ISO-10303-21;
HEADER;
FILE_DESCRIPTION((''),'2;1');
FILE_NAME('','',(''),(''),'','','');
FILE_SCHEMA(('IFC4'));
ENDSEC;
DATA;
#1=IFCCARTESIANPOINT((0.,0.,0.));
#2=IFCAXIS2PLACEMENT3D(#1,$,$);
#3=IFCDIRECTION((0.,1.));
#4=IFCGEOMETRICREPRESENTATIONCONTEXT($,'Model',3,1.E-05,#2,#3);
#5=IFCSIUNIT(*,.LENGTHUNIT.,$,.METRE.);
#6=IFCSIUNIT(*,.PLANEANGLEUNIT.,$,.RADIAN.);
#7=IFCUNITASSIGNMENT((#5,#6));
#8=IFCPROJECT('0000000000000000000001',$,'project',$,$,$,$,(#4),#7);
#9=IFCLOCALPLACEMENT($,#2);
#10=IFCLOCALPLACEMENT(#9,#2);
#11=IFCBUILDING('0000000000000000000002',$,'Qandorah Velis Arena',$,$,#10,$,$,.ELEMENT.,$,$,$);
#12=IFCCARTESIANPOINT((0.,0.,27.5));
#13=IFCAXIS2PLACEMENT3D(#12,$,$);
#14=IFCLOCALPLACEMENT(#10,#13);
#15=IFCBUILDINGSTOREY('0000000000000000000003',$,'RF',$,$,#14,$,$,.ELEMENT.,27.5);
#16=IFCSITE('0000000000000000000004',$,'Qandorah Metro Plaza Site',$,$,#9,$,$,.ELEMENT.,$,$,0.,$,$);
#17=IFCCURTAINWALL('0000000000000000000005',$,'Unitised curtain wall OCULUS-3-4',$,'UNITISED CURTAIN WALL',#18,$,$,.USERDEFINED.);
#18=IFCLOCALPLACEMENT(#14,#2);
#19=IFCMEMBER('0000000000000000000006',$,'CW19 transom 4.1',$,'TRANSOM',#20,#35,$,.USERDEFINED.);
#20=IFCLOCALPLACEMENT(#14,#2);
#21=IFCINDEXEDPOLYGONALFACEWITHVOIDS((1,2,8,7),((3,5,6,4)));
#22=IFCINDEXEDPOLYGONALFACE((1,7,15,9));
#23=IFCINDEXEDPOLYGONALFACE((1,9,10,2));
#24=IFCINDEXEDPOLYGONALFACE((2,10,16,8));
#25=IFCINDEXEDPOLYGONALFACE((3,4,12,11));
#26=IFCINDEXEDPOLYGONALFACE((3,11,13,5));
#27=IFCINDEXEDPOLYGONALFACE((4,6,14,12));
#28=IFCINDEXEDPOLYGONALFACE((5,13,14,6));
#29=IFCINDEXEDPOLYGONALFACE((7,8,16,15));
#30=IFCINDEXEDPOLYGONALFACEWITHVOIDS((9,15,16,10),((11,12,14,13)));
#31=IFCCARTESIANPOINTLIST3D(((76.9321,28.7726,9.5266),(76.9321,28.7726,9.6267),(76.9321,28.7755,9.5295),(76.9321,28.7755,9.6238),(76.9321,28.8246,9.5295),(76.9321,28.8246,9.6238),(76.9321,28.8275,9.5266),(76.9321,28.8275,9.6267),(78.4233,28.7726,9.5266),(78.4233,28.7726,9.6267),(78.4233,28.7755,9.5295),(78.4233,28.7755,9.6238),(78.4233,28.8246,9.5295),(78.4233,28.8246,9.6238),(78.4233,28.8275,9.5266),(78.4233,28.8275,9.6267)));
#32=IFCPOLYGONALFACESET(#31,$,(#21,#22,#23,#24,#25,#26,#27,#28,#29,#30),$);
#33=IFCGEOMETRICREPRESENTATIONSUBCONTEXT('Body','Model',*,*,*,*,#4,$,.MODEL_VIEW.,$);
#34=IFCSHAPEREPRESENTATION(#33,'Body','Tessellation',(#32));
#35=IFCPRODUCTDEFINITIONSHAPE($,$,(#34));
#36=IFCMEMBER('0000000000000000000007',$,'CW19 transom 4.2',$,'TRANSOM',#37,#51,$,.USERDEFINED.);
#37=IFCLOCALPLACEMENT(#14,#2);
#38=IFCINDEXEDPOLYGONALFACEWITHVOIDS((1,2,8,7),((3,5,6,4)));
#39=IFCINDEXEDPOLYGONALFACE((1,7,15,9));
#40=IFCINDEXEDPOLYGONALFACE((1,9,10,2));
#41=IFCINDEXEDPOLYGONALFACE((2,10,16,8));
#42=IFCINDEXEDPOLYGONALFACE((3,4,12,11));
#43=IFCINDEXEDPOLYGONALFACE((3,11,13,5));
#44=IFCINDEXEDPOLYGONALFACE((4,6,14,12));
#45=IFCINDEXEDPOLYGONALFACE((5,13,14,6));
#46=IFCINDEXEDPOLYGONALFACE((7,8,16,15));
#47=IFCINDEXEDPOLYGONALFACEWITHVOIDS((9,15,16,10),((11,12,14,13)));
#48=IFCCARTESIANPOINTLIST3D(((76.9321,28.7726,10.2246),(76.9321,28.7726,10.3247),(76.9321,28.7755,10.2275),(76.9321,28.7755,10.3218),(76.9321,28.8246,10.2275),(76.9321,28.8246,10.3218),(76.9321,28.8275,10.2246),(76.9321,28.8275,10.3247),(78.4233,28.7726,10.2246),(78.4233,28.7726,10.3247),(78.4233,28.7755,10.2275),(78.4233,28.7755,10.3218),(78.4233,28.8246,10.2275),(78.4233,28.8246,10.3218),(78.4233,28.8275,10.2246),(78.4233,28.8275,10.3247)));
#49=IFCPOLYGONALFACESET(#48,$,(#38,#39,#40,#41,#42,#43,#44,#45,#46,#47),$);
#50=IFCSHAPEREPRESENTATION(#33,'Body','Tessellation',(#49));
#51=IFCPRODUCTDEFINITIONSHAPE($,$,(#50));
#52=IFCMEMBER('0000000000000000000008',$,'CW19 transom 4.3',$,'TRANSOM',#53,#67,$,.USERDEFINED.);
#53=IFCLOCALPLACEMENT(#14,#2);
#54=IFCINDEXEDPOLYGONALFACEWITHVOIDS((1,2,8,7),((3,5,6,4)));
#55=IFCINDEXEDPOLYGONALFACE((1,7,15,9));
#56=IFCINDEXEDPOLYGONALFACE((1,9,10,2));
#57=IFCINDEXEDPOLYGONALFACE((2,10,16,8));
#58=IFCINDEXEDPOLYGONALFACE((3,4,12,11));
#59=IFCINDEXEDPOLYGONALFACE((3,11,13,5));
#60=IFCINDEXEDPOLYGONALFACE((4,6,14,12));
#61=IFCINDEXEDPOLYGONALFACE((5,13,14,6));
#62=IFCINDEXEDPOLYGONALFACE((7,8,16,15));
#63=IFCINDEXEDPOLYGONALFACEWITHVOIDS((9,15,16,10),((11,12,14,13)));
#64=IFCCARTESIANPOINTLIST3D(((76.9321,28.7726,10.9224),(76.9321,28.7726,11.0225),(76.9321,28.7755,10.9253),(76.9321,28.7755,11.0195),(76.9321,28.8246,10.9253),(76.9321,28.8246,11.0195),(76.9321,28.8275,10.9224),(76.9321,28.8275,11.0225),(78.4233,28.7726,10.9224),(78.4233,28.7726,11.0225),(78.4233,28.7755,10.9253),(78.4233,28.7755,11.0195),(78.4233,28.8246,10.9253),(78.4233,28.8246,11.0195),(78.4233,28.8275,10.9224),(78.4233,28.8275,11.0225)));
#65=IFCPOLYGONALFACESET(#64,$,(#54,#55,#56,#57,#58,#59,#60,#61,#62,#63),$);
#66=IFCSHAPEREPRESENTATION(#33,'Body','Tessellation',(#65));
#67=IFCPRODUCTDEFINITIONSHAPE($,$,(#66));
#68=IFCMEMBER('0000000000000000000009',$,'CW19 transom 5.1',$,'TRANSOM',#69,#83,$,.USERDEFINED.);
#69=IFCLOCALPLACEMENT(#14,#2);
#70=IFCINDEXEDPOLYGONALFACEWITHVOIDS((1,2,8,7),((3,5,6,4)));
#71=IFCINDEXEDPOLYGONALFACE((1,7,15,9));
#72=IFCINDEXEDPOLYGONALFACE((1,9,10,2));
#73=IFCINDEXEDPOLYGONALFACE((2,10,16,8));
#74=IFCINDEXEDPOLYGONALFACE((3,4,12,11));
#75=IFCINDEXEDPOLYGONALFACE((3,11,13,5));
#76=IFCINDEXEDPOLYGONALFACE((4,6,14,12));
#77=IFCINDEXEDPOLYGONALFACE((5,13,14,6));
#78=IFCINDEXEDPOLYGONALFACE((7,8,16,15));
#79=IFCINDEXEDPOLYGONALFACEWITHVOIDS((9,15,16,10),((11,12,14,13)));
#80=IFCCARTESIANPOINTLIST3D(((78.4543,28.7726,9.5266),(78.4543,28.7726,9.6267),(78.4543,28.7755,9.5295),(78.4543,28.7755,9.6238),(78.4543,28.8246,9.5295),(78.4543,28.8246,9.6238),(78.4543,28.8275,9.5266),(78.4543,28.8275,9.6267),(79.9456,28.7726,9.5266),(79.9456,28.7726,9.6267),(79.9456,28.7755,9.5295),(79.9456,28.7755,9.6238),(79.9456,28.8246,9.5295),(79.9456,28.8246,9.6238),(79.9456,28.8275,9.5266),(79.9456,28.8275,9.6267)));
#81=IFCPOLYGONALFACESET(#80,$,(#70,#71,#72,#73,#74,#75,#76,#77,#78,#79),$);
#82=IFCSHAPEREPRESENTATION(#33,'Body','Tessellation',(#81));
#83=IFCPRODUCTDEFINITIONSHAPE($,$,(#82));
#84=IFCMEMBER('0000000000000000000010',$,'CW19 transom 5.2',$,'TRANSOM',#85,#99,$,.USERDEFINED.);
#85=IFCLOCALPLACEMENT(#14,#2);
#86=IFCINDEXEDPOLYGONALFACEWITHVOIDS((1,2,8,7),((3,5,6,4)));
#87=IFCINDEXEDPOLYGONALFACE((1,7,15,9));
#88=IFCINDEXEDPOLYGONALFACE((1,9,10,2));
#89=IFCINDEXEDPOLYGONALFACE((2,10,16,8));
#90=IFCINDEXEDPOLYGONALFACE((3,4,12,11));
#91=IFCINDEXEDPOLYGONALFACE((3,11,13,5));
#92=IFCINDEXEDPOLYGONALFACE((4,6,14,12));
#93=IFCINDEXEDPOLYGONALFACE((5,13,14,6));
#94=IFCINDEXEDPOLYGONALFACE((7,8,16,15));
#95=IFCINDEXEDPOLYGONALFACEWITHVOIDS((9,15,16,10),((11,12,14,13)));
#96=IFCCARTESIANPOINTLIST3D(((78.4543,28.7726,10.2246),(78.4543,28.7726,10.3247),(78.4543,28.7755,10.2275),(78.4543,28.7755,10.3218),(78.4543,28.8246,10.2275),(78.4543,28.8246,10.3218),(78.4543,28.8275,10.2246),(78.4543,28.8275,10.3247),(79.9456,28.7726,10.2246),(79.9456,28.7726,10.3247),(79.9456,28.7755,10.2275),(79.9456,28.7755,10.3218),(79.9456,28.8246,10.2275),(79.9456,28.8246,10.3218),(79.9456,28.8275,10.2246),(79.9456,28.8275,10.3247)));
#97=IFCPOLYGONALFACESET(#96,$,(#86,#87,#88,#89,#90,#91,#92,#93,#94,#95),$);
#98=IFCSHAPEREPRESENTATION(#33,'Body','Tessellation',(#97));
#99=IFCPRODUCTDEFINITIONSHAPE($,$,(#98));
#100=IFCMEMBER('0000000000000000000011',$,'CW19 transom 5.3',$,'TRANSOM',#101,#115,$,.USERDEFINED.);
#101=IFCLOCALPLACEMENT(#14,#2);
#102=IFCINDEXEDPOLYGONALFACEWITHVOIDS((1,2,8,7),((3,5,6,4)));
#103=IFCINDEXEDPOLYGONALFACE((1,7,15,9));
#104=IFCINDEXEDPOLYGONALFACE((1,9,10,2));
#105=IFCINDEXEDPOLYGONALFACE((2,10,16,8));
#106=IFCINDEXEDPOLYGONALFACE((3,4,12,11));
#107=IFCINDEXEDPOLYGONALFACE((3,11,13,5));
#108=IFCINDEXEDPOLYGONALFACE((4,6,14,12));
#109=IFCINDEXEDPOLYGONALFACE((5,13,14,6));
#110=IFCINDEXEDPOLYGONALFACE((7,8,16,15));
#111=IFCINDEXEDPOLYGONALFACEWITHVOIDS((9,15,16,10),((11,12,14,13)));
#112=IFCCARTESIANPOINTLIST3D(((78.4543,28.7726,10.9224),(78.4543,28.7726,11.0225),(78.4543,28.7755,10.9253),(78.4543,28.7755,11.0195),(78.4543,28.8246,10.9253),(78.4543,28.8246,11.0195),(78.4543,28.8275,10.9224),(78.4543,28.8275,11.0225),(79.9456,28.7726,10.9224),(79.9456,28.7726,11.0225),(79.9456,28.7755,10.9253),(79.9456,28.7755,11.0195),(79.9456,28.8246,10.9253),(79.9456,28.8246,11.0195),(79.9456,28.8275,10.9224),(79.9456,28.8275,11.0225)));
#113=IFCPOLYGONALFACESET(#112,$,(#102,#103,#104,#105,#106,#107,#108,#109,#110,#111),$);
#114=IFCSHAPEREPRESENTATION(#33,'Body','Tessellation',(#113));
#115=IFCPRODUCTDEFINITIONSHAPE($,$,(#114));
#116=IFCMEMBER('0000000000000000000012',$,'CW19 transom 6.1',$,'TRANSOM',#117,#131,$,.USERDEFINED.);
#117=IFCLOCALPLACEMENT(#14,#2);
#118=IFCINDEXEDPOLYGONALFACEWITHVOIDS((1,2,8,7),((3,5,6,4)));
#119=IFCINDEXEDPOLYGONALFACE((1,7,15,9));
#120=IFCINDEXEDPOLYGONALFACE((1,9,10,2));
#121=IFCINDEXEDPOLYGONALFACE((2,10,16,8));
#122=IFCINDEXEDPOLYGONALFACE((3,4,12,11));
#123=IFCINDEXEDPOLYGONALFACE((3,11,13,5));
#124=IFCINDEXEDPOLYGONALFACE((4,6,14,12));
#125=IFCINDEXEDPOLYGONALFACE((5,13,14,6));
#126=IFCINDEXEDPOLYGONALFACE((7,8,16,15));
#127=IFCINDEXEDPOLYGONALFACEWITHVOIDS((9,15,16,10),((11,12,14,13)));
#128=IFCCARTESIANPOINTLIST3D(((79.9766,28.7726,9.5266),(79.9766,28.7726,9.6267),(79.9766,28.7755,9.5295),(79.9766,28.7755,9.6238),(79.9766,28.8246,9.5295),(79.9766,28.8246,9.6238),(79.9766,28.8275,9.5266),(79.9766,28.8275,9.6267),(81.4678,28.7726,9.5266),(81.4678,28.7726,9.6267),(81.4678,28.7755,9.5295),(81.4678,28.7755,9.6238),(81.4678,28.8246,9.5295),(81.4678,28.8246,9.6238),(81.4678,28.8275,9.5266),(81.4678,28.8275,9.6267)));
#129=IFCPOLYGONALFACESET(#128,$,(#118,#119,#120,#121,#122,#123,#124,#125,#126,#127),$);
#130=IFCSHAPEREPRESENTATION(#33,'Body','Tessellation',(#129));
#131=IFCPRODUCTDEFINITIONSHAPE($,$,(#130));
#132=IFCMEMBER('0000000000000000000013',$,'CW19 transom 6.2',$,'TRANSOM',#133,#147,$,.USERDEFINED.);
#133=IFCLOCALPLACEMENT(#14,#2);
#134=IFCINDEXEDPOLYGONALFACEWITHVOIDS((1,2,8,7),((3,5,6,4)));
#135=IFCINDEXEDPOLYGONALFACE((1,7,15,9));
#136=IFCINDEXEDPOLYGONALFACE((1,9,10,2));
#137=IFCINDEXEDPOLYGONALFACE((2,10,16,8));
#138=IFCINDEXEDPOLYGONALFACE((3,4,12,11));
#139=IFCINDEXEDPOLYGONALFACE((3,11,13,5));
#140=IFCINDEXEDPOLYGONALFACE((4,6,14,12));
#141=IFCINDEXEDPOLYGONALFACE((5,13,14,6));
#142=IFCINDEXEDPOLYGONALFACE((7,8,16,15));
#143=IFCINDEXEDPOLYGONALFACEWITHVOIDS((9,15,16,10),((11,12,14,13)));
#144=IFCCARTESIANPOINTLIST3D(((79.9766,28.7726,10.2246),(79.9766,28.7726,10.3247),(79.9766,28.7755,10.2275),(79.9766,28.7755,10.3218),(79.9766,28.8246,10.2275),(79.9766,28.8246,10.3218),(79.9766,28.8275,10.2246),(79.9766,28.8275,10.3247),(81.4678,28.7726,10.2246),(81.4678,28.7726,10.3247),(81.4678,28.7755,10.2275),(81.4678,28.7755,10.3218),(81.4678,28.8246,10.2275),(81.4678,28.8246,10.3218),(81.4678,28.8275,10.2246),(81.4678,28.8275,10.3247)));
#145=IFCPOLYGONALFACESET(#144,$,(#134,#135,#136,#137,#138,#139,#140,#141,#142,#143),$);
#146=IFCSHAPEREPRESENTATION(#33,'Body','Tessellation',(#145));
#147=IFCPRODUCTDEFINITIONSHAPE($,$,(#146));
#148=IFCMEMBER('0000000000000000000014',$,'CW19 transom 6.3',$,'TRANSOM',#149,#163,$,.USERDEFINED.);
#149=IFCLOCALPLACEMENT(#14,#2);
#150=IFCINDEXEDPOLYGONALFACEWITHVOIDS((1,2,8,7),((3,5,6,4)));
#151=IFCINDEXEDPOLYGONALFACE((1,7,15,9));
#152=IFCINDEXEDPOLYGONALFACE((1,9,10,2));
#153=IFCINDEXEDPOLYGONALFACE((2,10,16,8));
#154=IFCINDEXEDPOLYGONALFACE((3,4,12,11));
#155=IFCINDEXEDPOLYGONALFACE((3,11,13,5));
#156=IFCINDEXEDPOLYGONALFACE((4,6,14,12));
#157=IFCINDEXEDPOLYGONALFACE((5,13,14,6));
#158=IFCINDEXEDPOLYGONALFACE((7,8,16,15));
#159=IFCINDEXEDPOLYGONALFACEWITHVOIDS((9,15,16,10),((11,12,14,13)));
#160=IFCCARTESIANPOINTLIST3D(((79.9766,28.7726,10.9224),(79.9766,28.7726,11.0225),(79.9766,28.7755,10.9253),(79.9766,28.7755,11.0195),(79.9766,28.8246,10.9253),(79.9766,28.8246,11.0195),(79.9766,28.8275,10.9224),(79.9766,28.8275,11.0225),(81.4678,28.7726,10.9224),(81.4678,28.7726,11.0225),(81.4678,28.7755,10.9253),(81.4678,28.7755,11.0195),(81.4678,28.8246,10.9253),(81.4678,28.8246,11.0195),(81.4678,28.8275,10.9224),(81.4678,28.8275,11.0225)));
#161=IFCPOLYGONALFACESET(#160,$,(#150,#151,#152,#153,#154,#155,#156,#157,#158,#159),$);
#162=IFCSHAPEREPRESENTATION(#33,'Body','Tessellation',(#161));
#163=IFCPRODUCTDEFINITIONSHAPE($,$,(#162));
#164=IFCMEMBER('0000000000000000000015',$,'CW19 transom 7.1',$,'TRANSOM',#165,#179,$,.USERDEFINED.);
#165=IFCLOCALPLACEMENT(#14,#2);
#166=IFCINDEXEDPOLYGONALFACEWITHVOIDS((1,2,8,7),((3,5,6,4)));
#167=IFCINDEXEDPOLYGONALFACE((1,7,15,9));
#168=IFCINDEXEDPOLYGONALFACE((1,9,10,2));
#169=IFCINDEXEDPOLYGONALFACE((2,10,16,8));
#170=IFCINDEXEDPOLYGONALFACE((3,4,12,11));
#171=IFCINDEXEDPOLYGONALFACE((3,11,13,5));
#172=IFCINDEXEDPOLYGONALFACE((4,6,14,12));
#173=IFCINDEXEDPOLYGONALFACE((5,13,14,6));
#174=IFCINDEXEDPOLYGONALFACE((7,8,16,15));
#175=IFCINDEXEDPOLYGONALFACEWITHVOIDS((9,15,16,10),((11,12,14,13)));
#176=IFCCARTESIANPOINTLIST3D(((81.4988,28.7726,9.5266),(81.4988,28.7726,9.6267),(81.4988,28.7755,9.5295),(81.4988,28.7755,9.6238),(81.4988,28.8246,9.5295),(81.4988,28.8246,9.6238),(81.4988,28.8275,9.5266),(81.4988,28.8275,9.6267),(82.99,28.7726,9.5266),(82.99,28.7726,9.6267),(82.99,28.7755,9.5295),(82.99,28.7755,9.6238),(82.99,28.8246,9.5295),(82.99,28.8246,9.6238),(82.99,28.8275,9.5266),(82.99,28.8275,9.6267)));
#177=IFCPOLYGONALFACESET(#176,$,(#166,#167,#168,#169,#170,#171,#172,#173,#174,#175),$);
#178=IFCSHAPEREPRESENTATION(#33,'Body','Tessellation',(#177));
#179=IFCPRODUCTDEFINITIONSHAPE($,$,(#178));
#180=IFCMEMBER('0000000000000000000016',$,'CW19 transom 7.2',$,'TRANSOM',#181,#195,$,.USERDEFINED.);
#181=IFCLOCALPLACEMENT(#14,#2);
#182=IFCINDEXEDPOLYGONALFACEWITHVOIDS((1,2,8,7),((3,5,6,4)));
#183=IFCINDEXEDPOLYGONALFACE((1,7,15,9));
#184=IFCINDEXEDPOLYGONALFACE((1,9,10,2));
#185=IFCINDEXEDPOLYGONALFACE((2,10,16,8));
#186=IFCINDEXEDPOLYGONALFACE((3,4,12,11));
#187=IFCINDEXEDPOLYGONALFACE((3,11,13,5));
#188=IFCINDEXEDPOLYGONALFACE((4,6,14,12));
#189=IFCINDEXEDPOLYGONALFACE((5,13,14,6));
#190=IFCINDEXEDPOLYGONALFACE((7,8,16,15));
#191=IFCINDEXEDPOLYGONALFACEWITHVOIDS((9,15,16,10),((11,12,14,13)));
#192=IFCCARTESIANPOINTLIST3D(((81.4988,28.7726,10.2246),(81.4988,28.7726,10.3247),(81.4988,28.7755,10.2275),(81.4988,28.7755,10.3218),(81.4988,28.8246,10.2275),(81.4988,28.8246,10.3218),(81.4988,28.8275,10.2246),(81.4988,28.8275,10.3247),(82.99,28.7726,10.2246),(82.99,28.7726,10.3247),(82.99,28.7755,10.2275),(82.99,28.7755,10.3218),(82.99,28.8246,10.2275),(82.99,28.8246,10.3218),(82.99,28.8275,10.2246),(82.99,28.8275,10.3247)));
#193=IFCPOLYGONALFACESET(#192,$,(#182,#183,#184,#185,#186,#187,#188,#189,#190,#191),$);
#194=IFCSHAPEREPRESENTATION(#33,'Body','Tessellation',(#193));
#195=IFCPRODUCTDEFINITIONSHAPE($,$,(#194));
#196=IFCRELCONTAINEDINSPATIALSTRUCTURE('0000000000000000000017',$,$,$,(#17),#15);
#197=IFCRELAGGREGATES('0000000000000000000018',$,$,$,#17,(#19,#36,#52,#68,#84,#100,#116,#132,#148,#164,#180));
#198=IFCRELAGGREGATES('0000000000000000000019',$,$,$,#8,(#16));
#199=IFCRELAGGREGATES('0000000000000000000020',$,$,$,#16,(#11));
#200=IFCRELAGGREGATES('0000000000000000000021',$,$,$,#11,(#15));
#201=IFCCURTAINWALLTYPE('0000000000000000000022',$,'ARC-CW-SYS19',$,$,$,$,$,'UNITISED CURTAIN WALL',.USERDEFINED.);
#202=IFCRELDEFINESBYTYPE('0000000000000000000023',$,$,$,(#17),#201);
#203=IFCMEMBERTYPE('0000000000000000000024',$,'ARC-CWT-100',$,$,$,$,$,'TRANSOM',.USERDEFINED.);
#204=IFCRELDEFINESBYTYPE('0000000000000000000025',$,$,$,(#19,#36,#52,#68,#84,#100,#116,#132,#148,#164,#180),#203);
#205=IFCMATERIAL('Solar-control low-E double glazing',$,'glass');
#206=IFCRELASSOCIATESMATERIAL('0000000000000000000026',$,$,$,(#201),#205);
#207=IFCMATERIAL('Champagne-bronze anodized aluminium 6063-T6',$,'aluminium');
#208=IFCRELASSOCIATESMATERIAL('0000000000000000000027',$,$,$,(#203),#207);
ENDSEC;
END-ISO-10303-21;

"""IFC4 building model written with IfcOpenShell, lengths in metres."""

from ifc_helpers import new_model, si_unit, direction, frame, origin, origin_2d, place, context, subcontext, project, spatial, hollow_rectangle, extrude, material, material_profile, profile_set, type_object, element, aggregate, save


model = new_model("IFC4")

# Units and contexts
model_context = context("Model", 3, precision=1e-05, world=origin(), true_north=direction((0.0, 1.0)))
body_context = subcontext(model_context, "Body", "Model", "MODEL_VIEW")
ifc_project = project(units=[si_unit("LENGTHUNIT", "METRE"), si_unit("PLANEANGLEUNIT", "RADIAN")], contexts=[model_context])

# Site, building, storey
site_placement = place(None, origin())
site = spatial("IfcSite", under=ifc_project, at=site_placement, Name="Qandorah Metro Plaza Site", CompositionType="ELEMENT", RefElevation=0.0)
building_placement = place(site_placement, origin())
building = spatial("IfcBuilding", under=site, at=building_placement, Name="Qandorah Velis Arena", CompositionType="ELEMENT")
storey_placement = place(building_placement, frame((0.0, 0.0, 27.5)))
storey = spatial("IfcBuildingStorey", under=building, at=storey_placement, Name="RF", CompositionType="ELEMENT", Elevation=27.5)

# Curtain wall, members
ifc_material_1 = material(Name="Solar-control low-E double glazing", Category="glass")
curtain_wall_type = type_object("IfcCurtainWallType", Name="ARC-CW-SYS19", ElementType="UNITISED CURTAIN WALL", PredefinedType="USERDEFINED", material=ifc_material_1)
curtain_wall_placement = place(storey_placement, origin())
curtain_wall = element("IfcCurtainWall", 1, at=curtain_wall_placement, inside=storey, type_object=curtain_wall_type, Name="Unitised curtain wall OCULUS-3-4", ObjectType="UNITISED CURTAIN WALL", PredefinedType="USERDEFINED")
ifc_material_2 = material(Name="Champagne-bronze anodized aluminium 6063-T6", Category="aluminium")
ifc_material_profile_1 = material_profile(ifc_material_2, hollow_rectangle(XDim=0.0549, YDim=0.1001, WallThickness=0.0029, at=origin_2d()), Name="ALU TRANSOM 55x100")
ifc_profile_set_1 = profile_set([ifc_material_profile_1], Name="Champagne-bronze anodized aluminium 6063-T6")
member_type_1 = type_object("IfcMemberType", Name="ARC-CWT-100", ElementType="TRANSOM", PredefinedType="USERDEFINED", material=ifc_profile_set_1)
member_1_placement = place(storey_placement, frame((76.9321, 28.8, 9.5767), z_axis=(1.0, 0.0, 0.0), x_axis=(0.0, 1.0, 0.0)))
member_1 = element("IfcMember", 2, at=member_1_placement, type_object=member_type_1, Name="CW19 transom 4.1", ObjectType="TRANSOM", PredefinedType="USERDEFINED", context=body_context, shape_type="SweptSolid", body=[
    extrude(hollow_rectangle(XDim=0.0549, YDim=0.1001, WallThickness=0.0029, at=origin_2d()), origin(), (0.0, 0.0, 1.0), 1.4912),
])
member_2_placement = place(storey_placement, frame((76.9321, 28.8, 10.2747), z_axis=(1.0, 0.0, 0.0), x_axis=(0.0, 1.0, 0.0)))
member_2 = element("IfcMember", 3, at=member_2_placement, type_object=member_type_1, Name="CW19 transom 4.2", ObjectType="TRANSOM", PredefinedType="USERDEFINED", context=body_context, shape_type="SweptSolid", body=[
    extrude(hollow_rectangle(XDim=0.0549, YDim=0.1001, WallThickness=0.0029, at=origin_2d()), origin(), (0.0, 0.0, 1.0), 1.4912),
])
member_3_placement = place(storey_placement, frame((76.9321, 28.8, 10.9724), z_axis=(1.0, 0.0, 0.0), x_axis=(0.0, 1.0, 0.0)))
member_3 = element("IfcMember", 4, at=member_3_placement, type_object=member_type_1, Name="CW19 transom 4.3", ObjectType="TRANSOM", PredefinedType="USERDEFINED", context=body_context, shape_type="SweptSolid", body=[
    extrude(hollow_rectangle(XDim=0.0549, YDim=0.1001, WallThickness=0.0029, at=origin_2d()), origin(), (0.0, 0.0, 1.0), 1.4912),
])
member_4_placement = place(storey_placement, frame((78.4543, 28.8, 9.5767), z_axis=(1.0, 0.0, 0.0), x_axis=(0.0, 1.0, 0.0)))
member_4 = element("IfcMember", 5, at=member_4_placement, type_object=member_type_1, Name="CW19 transom 5.1", ObjectType="TRANSOM", PredefinedType="USERDEFINED", context=body_context, shape_type="SweptSolid", body=[
    extrude(hollow_rectangle(XDim=0.0549, YDim=0.1001, WallThickness=0.0029, at=origin_2d()), origin(), (0.0, 0.0, 1.0), 1.4912),
])
member_5_placement = place(storey_placement, frame((78.4543, 28.8, 10.2747), z_axis=(1.0, 0.0, 0.0), x_axis=(0.0, 1.0, 0.0)))
member_5 = element("IfcMember", 6, at=member_5_placement, type_object=member_type_1, Name="CW19 transom 5.2", ObjectType="TRANSOM", PredefinedType="USERDEFINED", context=body_context, shape_type="SweptSolid", body=[
    extrude(hollow_rectangle(XDim=0.0549, YDim=0.1001, WallThickness=0.0029, at=origin_2d()), origin(), (0.0, 0.0, 1.0), 1.4912),
])
member_6_placement = place(storey_placement, frame((78.4543, 28.8, 10.9724), z_axis=(1.0, 0.0, 0.0), x_axis=(0.0, 1.0, 0.0)))
member_6 = element("IfcMember", 7, at=member_6_placement, type_object=member_type_1, Name="CW19 transom 5.3", ObjectType="TRANSOM", PredefinedType="USERDEFINED", context=body_context, shape_type="SweptSolid", body=[
    extrude(hollow_rectangle(XDim=0.0549, YDim=0.1001, WallThickness=0.0029, at=origin_2d()), origin(), (0.0, 0.0, 1.0), 1.4912),
])
member_7_placement = place(storey_placement, frame((79.9766, 28.8, 9.5767), z_axis=(1.0, 0.0, 0.0), x_axis=(0.0, 1.0, 0.0)))
member_7 = element("IfcMember", 8, at=member_7_placement, type_object=member_type_1, Name="CW19 transom 6.1", ObjectType="TRANSOM", PredefinedType="USERDEFINED", context=body_context, shape_type="SweptSolid", body=[
    extrude(hollow_rectangle(XDim=0.0549, YDim=0.1001, WallThickness=0.0029, at=origin_2d()), origin(), (0.0, 0.0, 1.0), 1.4912),
])
member_8_placement = place(storey_placement, frame((79.9766, 28.8, 10.2747), z_axis=(1.0, 0.0, 0.0), x_axis=(0.0, 1.0, 0.0)))
member_8 = element("IfcMember", 9, at=member_8_placement, type_object=member_type_1, Name="CW19 transom 6.2", ObjectType="TRANSOM", PredefinedType="USERDEFINED", context=body_context, shape_type="SweptSolid", body=[
    extrude(hollow_rectangle(XDim=0.0549, YDim=0.1001, WallThickness=0.0029, at=origin_2d()), origin(), (0.0, 0.0, 1.0), 1.4912),
])
member_9_placement = place(storey_placement, frame((79.9766, 28.8, 10.9724), z_axis=(1.0, 0.0, 0.0), x_axis=(0.0, 1.0, 0.0)))
member_9 = element("IfcMember", 10, at=member_9_placement, type_object=member_type_1, Name="CW19 transom 6.3", ObjectType="TRANSOM", PredefinedType="USERDEFINED", context=body_context, shape_type="SweptSolid", body=[
    extrude(hollow_rectangle(XDim=0.0549, YDim=0.1001, WallThickness=0.0029, at=origin_2d()), origin(), (0.0, 0.0, 1.0), 1.4912),
])
member_10_placement = place(storey_placement, frame((81.4988, 28.8, 9.5767), z_axis=(1.0, 0.0, 0.0), x_axis=(0.0, 1.0, 0.0)))
member_10 = element("IfcMember", 11, at=member_10_placement, type_object=member_type_1, Name="CW19 transom 7.1", ObjectType="TRANSOM", PredefinedType="USERDEFINED", context=body_context, shape_type="SweptSolid", body=[
    extrude(hollow_rectangle(XDim=0.0549, YDim=0.1001, WallThickness=0.0029, at=origin_2d()), origin(), (0.0, 0.0, 1.0), 1.4912),
])
member_11_placement = place(storey_placement, frame((81.4988, 28.8, 10.2747), z_axis=(1.0, 0.0, 0.0), x_axis=(0.0, 1.0, 0.0)))
member_11 = element("IfcMember", 12, at=member_11_placement, type_object=member_type_1, Name="CW19 transom 7.2", ObjectType="TRANSOM", PredefinedType="USERDEFINED", context=body_context, shape_type="SweptSolid", body=[
    extrude(hollow_rectangle(XDim=0.0549, YDim=0.1001, WallThickness=0.0029, at=origin_2d()), origin(), (0.0, 0.0, 1.0), 1.4912),
])
aggregate(curtain_wall, [member_1, member_2, member_3, member_4, member_5, member_6, member_7, member_8, member_9, member_10, member_11])

save(model, "model.ifc")
